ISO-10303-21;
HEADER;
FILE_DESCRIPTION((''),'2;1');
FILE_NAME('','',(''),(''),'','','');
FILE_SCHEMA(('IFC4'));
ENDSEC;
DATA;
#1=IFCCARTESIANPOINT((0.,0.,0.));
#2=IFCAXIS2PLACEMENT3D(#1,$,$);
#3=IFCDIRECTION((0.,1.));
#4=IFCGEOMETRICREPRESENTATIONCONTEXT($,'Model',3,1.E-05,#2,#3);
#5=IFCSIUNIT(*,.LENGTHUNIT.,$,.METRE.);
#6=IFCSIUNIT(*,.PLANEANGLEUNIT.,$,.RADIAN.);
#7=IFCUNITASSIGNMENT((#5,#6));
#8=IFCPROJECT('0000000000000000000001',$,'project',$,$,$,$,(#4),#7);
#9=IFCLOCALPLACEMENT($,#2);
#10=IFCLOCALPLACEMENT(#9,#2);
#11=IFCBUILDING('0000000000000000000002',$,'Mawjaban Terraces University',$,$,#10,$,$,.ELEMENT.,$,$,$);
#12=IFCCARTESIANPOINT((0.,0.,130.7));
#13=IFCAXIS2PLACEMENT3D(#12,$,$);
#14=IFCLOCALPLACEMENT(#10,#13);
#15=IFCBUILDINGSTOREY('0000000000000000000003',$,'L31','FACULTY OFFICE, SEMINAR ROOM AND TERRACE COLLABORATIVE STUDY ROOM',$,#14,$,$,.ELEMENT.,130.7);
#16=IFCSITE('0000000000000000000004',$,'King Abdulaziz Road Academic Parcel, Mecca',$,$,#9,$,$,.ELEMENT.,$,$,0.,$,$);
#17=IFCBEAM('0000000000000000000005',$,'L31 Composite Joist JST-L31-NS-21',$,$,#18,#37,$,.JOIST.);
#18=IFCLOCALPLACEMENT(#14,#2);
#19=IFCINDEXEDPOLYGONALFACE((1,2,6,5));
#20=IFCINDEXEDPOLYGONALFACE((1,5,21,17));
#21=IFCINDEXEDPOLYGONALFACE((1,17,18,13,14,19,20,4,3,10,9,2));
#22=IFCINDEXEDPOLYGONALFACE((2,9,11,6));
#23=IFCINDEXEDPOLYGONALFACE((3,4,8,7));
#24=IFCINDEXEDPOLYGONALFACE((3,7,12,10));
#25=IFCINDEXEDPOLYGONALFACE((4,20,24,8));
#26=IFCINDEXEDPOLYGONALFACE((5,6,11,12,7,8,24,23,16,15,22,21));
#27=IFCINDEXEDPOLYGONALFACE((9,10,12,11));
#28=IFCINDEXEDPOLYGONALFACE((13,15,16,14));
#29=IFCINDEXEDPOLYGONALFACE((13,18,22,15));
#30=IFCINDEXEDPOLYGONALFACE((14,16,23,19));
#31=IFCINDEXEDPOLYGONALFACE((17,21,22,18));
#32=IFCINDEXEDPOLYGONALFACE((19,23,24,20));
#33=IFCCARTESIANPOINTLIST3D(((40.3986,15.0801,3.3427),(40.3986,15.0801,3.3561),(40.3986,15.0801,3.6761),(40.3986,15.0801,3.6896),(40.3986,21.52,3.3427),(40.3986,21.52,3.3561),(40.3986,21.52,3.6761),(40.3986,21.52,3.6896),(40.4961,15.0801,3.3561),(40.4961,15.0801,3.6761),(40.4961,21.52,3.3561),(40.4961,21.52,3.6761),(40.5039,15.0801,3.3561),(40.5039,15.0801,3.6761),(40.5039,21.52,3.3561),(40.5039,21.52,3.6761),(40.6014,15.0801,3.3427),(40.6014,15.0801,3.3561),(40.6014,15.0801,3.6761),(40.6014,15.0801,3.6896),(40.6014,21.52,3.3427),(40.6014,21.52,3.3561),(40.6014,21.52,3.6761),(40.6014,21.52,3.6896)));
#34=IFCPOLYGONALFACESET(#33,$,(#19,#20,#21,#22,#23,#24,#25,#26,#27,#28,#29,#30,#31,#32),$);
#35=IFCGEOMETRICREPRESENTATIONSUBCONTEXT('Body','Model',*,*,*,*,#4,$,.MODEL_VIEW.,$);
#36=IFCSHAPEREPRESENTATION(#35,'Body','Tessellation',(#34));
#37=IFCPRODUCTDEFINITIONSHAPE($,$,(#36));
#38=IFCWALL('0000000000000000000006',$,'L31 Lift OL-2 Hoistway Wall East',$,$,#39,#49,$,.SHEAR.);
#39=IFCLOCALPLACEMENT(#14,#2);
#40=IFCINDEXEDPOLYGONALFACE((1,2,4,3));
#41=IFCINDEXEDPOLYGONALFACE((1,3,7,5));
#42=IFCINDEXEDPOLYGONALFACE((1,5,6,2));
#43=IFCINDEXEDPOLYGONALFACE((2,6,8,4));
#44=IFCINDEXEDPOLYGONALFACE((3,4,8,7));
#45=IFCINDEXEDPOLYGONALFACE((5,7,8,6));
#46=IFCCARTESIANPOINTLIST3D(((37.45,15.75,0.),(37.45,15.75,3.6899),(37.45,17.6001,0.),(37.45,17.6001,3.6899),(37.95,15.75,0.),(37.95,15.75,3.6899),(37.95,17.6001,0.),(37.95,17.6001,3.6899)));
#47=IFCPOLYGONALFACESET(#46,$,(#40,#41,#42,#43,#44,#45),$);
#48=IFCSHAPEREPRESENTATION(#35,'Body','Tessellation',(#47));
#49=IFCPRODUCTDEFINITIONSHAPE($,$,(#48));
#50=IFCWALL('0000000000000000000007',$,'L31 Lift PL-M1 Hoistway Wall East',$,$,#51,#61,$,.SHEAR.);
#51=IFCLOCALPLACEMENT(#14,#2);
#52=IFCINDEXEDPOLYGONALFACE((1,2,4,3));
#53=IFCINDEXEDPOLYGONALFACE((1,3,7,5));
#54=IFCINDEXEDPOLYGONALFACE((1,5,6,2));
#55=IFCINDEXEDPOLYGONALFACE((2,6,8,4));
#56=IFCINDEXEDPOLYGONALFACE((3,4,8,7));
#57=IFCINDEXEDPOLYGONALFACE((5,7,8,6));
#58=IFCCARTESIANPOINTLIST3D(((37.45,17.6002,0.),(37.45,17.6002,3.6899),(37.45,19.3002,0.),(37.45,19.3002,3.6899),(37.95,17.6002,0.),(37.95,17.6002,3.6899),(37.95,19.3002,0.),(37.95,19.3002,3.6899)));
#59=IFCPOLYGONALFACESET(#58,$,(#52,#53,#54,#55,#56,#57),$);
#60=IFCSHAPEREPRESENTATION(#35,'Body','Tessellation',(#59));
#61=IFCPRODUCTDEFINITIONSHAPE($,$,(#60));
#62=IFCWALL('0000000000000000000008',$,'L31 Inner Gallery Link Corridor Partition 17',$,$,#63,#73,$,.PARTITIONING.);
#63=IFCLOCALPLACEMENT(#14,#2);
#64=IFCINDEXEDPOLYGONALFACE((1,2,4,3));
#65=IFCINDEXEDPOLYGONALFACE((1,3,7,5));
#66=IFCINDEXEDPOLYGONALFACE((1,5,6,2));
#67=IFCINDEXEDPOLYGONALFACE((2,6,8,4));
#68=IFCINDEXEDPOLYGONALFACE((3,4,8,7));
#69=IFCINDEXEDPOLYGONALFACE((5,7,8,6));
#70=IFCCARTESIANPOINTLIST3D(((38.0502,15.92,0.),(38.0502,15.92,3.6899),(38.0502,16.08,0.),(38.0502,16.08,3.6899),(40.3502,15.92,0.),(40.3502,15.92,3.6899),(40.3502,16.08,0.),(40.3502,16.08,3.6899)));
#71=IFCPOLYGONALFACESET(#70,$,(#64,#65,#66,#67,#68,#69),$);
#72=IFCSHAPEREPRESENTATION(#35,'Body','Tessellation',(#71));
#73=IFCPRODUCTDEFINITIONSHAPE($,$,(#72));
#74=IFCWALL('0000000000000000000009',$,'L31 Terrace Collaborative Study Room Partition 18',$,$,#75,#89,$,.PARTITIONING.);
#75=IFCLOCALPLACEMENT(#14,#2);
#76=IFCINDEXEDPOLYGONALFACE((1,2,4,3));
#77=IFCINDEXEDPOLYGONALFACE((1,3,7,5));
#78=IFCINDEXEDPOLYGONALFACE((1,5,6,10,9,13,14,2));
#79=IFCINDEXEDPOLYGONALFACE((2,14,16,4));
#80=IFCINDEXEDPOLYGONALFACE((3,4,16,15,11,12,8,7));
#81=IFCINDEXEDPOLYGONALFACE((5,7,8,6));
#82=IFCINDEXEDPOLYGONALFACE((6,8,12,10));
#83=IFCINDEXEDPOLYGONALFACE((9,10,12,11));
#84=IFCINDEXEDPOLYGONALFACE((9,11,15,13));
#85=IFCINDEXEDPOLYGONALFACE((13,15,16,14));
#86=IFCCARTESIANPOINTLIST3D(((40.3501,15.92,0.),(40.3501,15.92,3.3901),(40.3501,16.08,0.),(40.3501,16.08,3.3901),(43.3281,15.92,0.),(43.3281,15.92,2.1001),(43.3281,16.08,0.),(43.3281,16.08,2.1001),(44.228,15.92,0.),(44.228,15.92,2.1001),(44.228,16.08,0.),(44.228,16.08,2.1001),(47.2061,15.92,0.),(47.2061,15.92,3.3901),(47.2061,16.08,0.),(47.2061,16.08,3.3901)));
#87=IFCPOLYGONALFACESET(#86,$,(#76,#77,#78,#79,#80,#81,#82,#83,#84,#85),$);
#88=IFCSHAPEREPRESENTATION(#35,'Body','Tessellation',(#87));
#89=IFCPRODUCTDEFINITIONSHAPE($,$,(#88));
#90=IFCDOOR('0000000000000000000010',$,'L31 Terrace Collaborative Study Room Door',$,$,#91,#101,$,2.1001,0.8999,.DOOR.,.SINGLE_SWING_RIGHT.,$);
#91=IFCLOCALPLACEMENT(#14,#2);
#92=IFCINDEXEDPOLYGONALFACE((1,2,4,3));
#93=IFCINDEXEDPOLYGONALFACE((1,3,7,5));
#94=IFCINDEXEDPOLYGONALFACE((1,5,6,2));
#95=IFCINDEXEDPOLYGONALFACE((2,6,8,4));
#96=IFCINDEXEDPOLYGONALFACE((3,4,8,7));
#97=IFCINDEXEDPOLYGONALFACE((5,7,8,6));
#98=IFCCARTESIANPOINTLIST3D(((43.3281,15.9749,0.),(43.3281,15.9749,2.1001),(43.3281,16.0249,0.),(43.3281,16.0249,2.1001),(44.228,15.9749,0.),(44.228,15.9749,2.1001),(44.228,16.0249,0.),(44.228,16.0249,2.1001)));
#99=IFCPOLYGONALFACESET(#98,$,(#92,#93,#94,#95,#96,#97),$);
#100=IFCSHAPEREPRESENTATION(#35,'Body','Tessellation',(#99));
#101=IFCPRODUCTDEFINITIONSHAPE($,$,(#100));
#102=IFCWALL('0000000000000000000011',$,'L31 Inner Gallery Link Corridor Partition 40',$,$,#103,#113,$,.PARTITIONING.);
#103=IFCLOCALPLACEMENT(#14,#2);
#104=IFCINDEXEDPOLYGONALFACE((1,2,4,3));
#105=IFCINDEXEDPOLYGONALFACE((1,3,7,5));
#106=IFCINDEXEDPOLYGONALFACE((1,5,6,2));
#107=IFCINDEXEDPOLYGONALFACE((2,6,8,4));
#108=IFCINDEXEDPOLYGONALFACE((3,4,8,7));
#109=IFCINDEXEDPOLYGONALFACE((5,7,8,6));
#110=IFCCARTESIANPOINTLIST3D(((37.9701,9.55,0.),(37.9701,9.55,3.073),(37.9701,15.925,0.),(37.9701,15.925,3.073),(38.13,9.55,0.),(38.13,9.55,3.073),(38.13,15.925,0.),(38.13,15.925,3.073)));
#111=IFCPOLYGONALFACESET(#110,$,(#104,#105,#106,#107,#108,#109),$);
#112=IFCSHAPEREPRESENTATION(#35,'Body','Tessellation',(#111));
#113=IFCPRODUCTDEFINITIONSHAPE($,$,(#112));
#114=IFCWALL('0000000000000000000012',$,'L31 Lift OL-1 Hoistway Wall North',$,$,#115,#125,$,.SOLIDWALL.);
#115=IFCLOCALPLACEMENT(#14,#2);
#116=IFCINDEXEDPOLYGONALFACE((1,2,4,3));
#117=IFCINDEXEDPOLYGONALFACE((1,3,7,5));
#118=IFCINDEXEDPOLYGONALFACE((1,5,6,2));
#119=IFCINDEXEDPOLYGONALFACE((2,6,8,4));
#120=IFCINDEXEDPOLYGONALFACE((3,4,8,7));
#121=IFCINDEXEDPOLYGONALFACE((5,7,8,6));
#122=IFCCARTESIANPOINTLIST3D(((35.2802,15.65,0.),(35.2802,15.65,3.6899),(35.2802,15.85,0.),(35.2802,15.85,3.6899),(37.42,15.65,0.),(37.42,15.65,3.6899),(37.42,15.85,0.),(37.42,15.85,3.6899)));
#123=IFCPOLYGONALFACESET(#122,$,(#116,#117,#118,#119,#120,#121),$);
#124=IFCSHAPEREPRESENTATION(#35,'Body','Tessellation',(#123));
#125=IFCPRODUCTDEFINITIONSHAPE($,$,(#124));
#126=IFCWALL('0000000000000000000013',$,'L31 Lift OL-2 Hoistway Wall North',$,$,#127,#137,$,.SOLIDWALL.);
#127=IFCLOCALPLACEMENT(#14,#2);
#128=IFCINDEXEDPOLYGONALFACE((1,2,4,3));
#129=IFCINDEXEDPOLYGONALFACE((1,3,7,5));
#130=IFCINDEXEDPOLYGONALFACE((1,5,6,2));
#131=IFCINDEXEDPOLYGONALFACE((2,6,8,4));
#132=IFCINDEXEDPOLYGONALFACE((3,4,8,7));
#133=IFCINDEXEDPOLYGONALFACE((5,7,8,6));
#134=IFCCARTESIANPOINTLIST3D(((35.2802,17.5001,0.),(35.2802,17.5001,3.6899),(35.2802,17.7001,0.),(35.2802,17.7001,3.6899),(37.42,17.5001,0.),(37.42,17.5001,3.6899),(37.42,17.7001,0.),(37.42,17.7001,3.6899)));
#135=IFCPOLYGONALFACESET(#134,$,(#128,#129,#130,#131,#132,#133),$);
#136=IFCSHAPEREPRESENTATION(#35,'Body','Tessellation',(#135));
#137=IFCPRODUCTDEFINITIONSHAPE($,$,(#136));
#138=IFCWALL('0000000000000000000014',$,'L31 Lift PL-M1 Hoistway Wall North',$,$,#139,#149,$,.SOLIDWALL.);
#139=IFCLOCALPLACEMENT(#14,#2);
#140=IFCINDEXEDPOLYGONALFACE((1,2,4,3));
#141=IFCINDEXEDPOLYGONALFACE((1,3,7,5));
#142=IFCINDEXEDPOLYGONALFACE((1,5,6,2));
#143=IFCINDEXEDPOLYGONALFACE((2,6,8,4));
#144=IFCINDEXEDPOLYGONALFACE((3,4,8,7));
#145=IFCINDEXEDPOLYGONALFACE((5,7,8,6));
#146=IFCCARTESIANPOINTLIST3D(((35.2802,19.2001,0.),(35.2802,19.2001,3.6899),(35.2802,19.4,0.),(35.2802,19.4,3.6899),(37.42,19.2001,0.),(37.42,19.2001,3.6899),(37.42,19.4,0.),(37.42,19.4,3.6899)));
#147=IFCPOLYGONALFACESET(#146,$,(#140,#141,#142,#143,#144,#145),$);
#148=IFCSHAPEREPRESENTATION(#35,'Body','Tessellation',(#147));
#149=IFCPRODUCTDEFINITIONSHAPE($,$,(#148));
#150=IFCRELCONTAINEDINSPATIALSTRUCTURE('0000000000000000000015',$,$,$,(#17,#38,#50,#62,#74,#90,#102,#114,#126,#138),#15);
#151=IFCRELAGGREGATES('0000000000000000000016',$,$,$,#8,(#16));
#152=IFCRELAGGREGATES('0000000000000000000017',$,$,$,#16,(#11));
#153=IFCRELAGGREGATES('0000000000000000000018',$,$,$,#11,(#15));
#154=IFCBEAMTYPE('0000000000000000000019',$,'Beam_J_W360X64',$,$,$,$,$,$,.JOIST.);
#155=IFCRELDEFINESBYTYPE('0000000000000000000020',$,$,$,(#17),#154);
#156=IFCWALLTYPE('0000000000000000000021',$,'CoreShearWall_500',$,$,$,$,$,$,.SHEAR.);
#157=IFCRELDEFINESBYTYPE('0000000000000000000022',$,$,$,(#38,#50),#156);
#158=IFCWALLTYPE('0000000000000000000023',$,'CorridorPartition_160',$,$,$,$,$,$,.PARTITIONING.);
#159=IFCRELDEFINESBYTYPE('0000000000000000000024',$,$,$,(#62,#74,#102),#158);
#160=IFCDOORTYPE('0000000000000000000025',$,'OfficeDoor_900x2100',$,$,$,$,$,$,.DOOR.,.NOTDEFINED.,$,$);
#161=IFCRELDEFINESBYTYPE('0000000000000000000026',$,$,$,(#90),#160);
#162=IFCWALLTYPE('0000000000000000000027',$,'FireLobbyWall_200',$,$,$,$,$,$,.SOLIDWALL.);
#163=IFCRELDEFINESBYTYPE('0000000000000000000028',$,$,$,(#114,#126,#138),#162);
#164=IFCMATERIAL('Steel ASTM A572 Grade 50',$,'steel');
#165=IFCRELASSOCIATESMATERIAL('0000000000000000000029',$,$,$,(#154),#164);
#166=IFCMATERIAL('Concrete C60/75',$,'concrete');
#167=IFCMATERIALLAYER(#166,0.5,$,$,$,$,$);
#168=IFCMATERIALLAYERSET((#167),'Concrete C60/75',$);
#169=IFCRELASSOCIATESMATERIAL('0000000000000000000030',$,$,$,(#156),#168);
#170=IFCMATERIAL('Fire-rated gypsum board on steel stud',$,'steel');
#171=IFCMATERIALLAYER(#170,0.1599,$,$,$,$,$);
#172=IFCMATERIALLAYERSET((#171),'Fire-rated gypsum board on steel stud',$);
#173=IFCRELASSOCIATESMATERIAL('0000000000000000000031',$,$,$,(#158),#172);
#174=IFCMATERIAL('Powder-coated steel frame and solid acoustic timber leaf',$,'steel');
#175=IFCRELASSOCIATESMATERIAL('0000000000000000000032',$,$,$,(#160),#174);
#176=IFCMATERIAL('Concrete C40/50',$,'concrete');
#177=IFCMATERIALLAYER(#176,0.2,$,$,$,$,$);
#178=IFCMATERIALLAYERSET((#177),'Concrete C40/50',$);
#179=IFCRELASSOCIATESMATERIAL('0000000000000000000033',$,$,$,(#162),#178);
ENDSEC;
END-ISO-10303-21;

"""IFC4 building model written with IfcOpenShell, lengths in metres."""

from ifc_helpers import new_model, si_unit, direction, frame, frame_2d, origin, origin_2d, place, context, subcontext, project, spatial, rectangle, i_section, extrude, material, layer, layer_set, material_profile, profile_set, type_object, element, fill, save


model = new_model("IFC4")

# Units and contexts
model_context = context("Model", 3, precision=1e-05, world=origin(), true_north=direction((0.0, 1.0)))
body_context = subcontext(model_context, "Body", "Model", "MODEL_VIEW")
ifc_project = project(units=[si_unit("LENGTHUNIT", "METRE"), si_unit("PLANEANGLEUNIT", "RADIAN")], contexts=[model_context])

# Site, building, storey
site_placement = place(None, origin())
site = spatial("IfcSite", under=ifc_project, at=site_placement, Name="King Abdulaziz Road Academic Parcel, Mecca", CompositionType="ELEMENT", RefElevation=0.0)
building_placement = place(site_placement, origin())
building = spatial("IfcBuilding", under=site, at=building_placement, Name="Mawjaban Terraces University", CompositionType="ELEMENT")
storey_placement = place(building_placement, frame((0.0, 0.0, 130.7)))
storey = spatial("IfcBuildingStorey", under=building, at=storey_placement, Name="L31", Description="FACULTY OFFICE, SEMINAR ROOM AND TERRACE COLLABORATIVE STUDY ROOM", CompositionType="ELEMENT", Elevation=130.7)

# Beam
ifc_material_1 = material(Name="Steel ASTM A572 Grade 50", Category="steel")
ifc_material_profile_1 = material_profile(ifc_material_1, i_section(OverallWidth=0.2029, OverallDepth=0.3469, WebThickness=0.0078, FlangeThickness=0.0134, at=origin_2d()), Name="W360X64")
ifc_profile_set_1 = profile_set([ifc_material_profile_1], Name="Steel ASTM A572 Grade 50")
beam_type_1 = type_object("IfcBeamType", Name="Beam_J_W360X64", PredefinedType="JOIST", material=ifc_profile_set_1)
beam_1_placement = place(storey_placement, frame((40.5, 15.0801, 3.5161), z_axis=(0.0, 1.0, 0.0), x_axis=(-1.0, 0.0, 0.0)))
element("IfcBeam", 1, at=beam_1_placement, inside=storey, type_object=beam_type_1, Name="L31 Composite Joist JST-L31-NS-21", PredefinedType="JOIST", context=body_context, shape_type="SweptSolid", body=[
    extrude(i_section(OverallWidth=0.2029, OverallDepth=0.3469, WebThickness=0.0078, FlangeThickness=0.0134, at=origin_2d()), origin(), (0.0, 0.0, 1.0), 6.4399),
])

# Walls
ifc_material_2 = material(Name="Concrete C60/75", Category="concrete")
ifc_layer_1 = layer(ifc_material_2, 0.5)
ifc_layer_set_1 = layer_set([ifc_layer_1], Name="Concrete C60/75")
wall_type_1 = type_object("IfcWallType", Name="CoreShearWall_500", PredefinedType="SHEAR", material=ifc_layer_set_1)
wall_1_placement = place(storey_placement, frame((37.7, 15.75, 0.0), z_axis=(0.0, 0.0, 1.0), x_axis=(0.0, 1.0, 0.0)))
element("IfcWall", 2, at=wall_1_placement, inside=storey, type_object=wall_type_1, Name="L31 Lift OL-2 Hoistway Wall East", PredefinedType="SHEAR", context=body_context, shape_type="SweptSolid", body=[
    extrude(rectangle(XDim=1.8501, YDim=0.5, at=frame_2d((0.925, 0.0))), origin(), (0.0, 0.0, 1.0), 3.6899),
])
wall_2_placement = place(storey_placement, frame((37.7, 17.6001, 0.0), z_axis=(0.0, 0.0, 1.0), x_axis=(0.0, 1.0, 0.0)))
element("IfcWall", 3, at=wall_2_placement, inside=storey, type_object=wall_type_1, Name="L31 Lift PL-M1 Hoistway Wall East", PredefinedType="SHEAR", context=body_context, shape_type="SweptSolid", body=[
    extrude(rectangle(XDim=1.7, YDim=0.5, at=frame_2d((0.8501, 0.0))), origin(), (0.0, 0.0, 1.0), 3.6899),
])
ifc_material_3 = material(Name="Fire-rated gypsum board on steel stud", Category="steel")
ifc_layer_2 = layer(ifc_material_3, 0.1599)
ifc_layer_set_2 = layer_set([ifc_layer_2], Name="Fire-rated gypsum board on steel stud")
wall_type_2 = type_object("IfcWallType", Name="CorridorPartition_160", PredefinedType="PARTITIONING", material=ifc_layer_set_2)
wall_3_placement = place(storey_placement, frame((40.3501, 16.0, 0.0), z_axis=(0.0, 0.0, 1.0), x_axis=(-1.0, 0.0, 0.0)))
element("IfcWall", 4, at=wall_3_placement, inside=storey, type_object=wall_type_2, Name="L31 Inner Gallery Link Corridor Partition 17", PredefinedType="PARTITIONING", context=body_context, shape_type="SweptSolid", body=[
    extrude(rectangle(XDim=2.3, YDim=0.1599, at=frame_2d((1.1499, 0.0))), origin(), (0.0, 0.0, 1.0), 3.6899),
])

# Wall, opening, door
wall_4_placement = place(storey_placement, frame((40.3501, 16.0, 0.0), z_axis=(0.0, 0.0, 1.0), x_axis=(1.0, 0.0, 0.0)))
wall_4 = element("IfcWall", 5, at=wall_4_placement, inside=storey, type_object=wall_type_2, Name="L31 Terrace Collaborative Study Room Partition 18", PredefinedType="PARTITIONING", context=body_context, shape_type="SweptSolid", body=[
    extrude(rectangle(XDim=6.856, YDim=0.1599, at=frame_2d((3.428, 0.0))), origin(), (0.0, 0.0, 1.0), 3.3901),
])
opening_placement = place(wall_4_placement, frame((2.978, 0.0, 0.0)))
opening = element("IfcOpeningElement", 6, at=opening_placement, cuts=wall_4, PredefinedType="OPENING", context=body_context, shape_type="SweptSolid", body=[
    extrude(rectangle(XDim=0.8999, YDim=2.1001, at=frame_2d((0.45, 1.05))), frame((0.0, 0.0898, 0.0), z_axis=(0.0, -1.0, 0.0), x_axis=(1.0, 0.0, 0.0)), (0.0, 0.0, 1.0), 0.1799),
])
ifc_material_4 = material(Name="Powder-coated steel frame and solid acoustic timber leaf", Category="steel")
door_type = type_object("IfcDoorType", Name="OfficeDoor_900x2100", OperationType="NOTDEFINED", PredefinedType="DOOR", material=ifc_material_4)
door_placement = place(opening_placement, origin())
door = element("IfcDoor", 7, at=door_placement, inside=storey, type_object=door_type, Name="L31 Terrace Collaborative Study Room Door", OperationType="SINGLE_SWING_RIGHT", OverallHeight=2.1001, OverallWidth=0.8999, PredefinedType="DOOR", context=body_context, shape_type="SweptSolid", body=[
    extrude(rectangle(XDim=0.8999, YDim=2.1001, at=frame_2d((0.45, 1.05))), frame((0.0, 0.0249, 0.0), z_axis=(0.0, -1.0, 0.0), x_axis=(1.0, 0.0, 0.0)), (0.0, 0.0, 1.0), 0.05),
])
fill(opening, door)

# Walls
wall_5_placement = place(storey_placement, frame((38.05, 15.925, 0.0), z_axis=(0.0, 0.0, 1.0), x_axis=(0.0, -1.0, 0.0)))
element("IfcWall", 8, at=wall_5_placement, inside=storey, type_object=wall_type_2, Name="L31 Inner Gallery Link Corridor Partition 40", PredefinedType="PARTITIONING", context=body_context, shape_type="SweptSolid", body=[
    extrude(rectangle(XDim=6.375, YDim=0.1599, at=frame_2d((3.1875, 0.0))), origin(), (0.0, 0.0, 1.0), 3.073),
])
ifc_material_5 = material(Name="Concrete C40/50", Category="concrete")
ifc_layer_3 = layer(ifc_material_5, 0.2)
ifc_layer_set_3 = layer_set([ifc_layer_3], Name="Concrete C40/50")
wall_type_3 = type_object("IfcWallType", Name="FireLobbyWall_200", PredefinedType="SOLIDWALL", material=ifc_layer_set_3)
for number, where, z_axis, x_axis, name in (
    (9, (37.4199, 15.75, 0.0), (0.0, 0.0, 1.0), (-1.0, 0.0, 0.0), "L31 Lift OL-1 Hoistway Wall North"),
    (10, (37.4199, 17.6001, 0.0), (0.0, 0.0, 1.0), (-1.0, 0.0, 0.0), "L31 Lift OL-2 Hoistway Wall North"),
    (11, (37.4199, 19.3, 0.0), (0.0, 0.0, 1.0), (-1.0, 0.0, 0.0), "L31 Lift PL-M1 Hoistway Wall North"),
):
    element("IfcWall", number, at=place(storey_placement, frame(where, z_axis=z_axis, x_axis=x_axis)), inside=storey, type_object=wall_type_3, Name=name, PredefinedType="SOLIDWALL", context=body_context, shape_type="SweptSolid", body=[
        extrude(rectangle(XDim=2.1399, YDim=0.2, at=frame_2d((1.0698, 0.0))), origin(), (0.0, 0.0, 1.0), 3.6899),
    ])

save(model, "model.ifc")
